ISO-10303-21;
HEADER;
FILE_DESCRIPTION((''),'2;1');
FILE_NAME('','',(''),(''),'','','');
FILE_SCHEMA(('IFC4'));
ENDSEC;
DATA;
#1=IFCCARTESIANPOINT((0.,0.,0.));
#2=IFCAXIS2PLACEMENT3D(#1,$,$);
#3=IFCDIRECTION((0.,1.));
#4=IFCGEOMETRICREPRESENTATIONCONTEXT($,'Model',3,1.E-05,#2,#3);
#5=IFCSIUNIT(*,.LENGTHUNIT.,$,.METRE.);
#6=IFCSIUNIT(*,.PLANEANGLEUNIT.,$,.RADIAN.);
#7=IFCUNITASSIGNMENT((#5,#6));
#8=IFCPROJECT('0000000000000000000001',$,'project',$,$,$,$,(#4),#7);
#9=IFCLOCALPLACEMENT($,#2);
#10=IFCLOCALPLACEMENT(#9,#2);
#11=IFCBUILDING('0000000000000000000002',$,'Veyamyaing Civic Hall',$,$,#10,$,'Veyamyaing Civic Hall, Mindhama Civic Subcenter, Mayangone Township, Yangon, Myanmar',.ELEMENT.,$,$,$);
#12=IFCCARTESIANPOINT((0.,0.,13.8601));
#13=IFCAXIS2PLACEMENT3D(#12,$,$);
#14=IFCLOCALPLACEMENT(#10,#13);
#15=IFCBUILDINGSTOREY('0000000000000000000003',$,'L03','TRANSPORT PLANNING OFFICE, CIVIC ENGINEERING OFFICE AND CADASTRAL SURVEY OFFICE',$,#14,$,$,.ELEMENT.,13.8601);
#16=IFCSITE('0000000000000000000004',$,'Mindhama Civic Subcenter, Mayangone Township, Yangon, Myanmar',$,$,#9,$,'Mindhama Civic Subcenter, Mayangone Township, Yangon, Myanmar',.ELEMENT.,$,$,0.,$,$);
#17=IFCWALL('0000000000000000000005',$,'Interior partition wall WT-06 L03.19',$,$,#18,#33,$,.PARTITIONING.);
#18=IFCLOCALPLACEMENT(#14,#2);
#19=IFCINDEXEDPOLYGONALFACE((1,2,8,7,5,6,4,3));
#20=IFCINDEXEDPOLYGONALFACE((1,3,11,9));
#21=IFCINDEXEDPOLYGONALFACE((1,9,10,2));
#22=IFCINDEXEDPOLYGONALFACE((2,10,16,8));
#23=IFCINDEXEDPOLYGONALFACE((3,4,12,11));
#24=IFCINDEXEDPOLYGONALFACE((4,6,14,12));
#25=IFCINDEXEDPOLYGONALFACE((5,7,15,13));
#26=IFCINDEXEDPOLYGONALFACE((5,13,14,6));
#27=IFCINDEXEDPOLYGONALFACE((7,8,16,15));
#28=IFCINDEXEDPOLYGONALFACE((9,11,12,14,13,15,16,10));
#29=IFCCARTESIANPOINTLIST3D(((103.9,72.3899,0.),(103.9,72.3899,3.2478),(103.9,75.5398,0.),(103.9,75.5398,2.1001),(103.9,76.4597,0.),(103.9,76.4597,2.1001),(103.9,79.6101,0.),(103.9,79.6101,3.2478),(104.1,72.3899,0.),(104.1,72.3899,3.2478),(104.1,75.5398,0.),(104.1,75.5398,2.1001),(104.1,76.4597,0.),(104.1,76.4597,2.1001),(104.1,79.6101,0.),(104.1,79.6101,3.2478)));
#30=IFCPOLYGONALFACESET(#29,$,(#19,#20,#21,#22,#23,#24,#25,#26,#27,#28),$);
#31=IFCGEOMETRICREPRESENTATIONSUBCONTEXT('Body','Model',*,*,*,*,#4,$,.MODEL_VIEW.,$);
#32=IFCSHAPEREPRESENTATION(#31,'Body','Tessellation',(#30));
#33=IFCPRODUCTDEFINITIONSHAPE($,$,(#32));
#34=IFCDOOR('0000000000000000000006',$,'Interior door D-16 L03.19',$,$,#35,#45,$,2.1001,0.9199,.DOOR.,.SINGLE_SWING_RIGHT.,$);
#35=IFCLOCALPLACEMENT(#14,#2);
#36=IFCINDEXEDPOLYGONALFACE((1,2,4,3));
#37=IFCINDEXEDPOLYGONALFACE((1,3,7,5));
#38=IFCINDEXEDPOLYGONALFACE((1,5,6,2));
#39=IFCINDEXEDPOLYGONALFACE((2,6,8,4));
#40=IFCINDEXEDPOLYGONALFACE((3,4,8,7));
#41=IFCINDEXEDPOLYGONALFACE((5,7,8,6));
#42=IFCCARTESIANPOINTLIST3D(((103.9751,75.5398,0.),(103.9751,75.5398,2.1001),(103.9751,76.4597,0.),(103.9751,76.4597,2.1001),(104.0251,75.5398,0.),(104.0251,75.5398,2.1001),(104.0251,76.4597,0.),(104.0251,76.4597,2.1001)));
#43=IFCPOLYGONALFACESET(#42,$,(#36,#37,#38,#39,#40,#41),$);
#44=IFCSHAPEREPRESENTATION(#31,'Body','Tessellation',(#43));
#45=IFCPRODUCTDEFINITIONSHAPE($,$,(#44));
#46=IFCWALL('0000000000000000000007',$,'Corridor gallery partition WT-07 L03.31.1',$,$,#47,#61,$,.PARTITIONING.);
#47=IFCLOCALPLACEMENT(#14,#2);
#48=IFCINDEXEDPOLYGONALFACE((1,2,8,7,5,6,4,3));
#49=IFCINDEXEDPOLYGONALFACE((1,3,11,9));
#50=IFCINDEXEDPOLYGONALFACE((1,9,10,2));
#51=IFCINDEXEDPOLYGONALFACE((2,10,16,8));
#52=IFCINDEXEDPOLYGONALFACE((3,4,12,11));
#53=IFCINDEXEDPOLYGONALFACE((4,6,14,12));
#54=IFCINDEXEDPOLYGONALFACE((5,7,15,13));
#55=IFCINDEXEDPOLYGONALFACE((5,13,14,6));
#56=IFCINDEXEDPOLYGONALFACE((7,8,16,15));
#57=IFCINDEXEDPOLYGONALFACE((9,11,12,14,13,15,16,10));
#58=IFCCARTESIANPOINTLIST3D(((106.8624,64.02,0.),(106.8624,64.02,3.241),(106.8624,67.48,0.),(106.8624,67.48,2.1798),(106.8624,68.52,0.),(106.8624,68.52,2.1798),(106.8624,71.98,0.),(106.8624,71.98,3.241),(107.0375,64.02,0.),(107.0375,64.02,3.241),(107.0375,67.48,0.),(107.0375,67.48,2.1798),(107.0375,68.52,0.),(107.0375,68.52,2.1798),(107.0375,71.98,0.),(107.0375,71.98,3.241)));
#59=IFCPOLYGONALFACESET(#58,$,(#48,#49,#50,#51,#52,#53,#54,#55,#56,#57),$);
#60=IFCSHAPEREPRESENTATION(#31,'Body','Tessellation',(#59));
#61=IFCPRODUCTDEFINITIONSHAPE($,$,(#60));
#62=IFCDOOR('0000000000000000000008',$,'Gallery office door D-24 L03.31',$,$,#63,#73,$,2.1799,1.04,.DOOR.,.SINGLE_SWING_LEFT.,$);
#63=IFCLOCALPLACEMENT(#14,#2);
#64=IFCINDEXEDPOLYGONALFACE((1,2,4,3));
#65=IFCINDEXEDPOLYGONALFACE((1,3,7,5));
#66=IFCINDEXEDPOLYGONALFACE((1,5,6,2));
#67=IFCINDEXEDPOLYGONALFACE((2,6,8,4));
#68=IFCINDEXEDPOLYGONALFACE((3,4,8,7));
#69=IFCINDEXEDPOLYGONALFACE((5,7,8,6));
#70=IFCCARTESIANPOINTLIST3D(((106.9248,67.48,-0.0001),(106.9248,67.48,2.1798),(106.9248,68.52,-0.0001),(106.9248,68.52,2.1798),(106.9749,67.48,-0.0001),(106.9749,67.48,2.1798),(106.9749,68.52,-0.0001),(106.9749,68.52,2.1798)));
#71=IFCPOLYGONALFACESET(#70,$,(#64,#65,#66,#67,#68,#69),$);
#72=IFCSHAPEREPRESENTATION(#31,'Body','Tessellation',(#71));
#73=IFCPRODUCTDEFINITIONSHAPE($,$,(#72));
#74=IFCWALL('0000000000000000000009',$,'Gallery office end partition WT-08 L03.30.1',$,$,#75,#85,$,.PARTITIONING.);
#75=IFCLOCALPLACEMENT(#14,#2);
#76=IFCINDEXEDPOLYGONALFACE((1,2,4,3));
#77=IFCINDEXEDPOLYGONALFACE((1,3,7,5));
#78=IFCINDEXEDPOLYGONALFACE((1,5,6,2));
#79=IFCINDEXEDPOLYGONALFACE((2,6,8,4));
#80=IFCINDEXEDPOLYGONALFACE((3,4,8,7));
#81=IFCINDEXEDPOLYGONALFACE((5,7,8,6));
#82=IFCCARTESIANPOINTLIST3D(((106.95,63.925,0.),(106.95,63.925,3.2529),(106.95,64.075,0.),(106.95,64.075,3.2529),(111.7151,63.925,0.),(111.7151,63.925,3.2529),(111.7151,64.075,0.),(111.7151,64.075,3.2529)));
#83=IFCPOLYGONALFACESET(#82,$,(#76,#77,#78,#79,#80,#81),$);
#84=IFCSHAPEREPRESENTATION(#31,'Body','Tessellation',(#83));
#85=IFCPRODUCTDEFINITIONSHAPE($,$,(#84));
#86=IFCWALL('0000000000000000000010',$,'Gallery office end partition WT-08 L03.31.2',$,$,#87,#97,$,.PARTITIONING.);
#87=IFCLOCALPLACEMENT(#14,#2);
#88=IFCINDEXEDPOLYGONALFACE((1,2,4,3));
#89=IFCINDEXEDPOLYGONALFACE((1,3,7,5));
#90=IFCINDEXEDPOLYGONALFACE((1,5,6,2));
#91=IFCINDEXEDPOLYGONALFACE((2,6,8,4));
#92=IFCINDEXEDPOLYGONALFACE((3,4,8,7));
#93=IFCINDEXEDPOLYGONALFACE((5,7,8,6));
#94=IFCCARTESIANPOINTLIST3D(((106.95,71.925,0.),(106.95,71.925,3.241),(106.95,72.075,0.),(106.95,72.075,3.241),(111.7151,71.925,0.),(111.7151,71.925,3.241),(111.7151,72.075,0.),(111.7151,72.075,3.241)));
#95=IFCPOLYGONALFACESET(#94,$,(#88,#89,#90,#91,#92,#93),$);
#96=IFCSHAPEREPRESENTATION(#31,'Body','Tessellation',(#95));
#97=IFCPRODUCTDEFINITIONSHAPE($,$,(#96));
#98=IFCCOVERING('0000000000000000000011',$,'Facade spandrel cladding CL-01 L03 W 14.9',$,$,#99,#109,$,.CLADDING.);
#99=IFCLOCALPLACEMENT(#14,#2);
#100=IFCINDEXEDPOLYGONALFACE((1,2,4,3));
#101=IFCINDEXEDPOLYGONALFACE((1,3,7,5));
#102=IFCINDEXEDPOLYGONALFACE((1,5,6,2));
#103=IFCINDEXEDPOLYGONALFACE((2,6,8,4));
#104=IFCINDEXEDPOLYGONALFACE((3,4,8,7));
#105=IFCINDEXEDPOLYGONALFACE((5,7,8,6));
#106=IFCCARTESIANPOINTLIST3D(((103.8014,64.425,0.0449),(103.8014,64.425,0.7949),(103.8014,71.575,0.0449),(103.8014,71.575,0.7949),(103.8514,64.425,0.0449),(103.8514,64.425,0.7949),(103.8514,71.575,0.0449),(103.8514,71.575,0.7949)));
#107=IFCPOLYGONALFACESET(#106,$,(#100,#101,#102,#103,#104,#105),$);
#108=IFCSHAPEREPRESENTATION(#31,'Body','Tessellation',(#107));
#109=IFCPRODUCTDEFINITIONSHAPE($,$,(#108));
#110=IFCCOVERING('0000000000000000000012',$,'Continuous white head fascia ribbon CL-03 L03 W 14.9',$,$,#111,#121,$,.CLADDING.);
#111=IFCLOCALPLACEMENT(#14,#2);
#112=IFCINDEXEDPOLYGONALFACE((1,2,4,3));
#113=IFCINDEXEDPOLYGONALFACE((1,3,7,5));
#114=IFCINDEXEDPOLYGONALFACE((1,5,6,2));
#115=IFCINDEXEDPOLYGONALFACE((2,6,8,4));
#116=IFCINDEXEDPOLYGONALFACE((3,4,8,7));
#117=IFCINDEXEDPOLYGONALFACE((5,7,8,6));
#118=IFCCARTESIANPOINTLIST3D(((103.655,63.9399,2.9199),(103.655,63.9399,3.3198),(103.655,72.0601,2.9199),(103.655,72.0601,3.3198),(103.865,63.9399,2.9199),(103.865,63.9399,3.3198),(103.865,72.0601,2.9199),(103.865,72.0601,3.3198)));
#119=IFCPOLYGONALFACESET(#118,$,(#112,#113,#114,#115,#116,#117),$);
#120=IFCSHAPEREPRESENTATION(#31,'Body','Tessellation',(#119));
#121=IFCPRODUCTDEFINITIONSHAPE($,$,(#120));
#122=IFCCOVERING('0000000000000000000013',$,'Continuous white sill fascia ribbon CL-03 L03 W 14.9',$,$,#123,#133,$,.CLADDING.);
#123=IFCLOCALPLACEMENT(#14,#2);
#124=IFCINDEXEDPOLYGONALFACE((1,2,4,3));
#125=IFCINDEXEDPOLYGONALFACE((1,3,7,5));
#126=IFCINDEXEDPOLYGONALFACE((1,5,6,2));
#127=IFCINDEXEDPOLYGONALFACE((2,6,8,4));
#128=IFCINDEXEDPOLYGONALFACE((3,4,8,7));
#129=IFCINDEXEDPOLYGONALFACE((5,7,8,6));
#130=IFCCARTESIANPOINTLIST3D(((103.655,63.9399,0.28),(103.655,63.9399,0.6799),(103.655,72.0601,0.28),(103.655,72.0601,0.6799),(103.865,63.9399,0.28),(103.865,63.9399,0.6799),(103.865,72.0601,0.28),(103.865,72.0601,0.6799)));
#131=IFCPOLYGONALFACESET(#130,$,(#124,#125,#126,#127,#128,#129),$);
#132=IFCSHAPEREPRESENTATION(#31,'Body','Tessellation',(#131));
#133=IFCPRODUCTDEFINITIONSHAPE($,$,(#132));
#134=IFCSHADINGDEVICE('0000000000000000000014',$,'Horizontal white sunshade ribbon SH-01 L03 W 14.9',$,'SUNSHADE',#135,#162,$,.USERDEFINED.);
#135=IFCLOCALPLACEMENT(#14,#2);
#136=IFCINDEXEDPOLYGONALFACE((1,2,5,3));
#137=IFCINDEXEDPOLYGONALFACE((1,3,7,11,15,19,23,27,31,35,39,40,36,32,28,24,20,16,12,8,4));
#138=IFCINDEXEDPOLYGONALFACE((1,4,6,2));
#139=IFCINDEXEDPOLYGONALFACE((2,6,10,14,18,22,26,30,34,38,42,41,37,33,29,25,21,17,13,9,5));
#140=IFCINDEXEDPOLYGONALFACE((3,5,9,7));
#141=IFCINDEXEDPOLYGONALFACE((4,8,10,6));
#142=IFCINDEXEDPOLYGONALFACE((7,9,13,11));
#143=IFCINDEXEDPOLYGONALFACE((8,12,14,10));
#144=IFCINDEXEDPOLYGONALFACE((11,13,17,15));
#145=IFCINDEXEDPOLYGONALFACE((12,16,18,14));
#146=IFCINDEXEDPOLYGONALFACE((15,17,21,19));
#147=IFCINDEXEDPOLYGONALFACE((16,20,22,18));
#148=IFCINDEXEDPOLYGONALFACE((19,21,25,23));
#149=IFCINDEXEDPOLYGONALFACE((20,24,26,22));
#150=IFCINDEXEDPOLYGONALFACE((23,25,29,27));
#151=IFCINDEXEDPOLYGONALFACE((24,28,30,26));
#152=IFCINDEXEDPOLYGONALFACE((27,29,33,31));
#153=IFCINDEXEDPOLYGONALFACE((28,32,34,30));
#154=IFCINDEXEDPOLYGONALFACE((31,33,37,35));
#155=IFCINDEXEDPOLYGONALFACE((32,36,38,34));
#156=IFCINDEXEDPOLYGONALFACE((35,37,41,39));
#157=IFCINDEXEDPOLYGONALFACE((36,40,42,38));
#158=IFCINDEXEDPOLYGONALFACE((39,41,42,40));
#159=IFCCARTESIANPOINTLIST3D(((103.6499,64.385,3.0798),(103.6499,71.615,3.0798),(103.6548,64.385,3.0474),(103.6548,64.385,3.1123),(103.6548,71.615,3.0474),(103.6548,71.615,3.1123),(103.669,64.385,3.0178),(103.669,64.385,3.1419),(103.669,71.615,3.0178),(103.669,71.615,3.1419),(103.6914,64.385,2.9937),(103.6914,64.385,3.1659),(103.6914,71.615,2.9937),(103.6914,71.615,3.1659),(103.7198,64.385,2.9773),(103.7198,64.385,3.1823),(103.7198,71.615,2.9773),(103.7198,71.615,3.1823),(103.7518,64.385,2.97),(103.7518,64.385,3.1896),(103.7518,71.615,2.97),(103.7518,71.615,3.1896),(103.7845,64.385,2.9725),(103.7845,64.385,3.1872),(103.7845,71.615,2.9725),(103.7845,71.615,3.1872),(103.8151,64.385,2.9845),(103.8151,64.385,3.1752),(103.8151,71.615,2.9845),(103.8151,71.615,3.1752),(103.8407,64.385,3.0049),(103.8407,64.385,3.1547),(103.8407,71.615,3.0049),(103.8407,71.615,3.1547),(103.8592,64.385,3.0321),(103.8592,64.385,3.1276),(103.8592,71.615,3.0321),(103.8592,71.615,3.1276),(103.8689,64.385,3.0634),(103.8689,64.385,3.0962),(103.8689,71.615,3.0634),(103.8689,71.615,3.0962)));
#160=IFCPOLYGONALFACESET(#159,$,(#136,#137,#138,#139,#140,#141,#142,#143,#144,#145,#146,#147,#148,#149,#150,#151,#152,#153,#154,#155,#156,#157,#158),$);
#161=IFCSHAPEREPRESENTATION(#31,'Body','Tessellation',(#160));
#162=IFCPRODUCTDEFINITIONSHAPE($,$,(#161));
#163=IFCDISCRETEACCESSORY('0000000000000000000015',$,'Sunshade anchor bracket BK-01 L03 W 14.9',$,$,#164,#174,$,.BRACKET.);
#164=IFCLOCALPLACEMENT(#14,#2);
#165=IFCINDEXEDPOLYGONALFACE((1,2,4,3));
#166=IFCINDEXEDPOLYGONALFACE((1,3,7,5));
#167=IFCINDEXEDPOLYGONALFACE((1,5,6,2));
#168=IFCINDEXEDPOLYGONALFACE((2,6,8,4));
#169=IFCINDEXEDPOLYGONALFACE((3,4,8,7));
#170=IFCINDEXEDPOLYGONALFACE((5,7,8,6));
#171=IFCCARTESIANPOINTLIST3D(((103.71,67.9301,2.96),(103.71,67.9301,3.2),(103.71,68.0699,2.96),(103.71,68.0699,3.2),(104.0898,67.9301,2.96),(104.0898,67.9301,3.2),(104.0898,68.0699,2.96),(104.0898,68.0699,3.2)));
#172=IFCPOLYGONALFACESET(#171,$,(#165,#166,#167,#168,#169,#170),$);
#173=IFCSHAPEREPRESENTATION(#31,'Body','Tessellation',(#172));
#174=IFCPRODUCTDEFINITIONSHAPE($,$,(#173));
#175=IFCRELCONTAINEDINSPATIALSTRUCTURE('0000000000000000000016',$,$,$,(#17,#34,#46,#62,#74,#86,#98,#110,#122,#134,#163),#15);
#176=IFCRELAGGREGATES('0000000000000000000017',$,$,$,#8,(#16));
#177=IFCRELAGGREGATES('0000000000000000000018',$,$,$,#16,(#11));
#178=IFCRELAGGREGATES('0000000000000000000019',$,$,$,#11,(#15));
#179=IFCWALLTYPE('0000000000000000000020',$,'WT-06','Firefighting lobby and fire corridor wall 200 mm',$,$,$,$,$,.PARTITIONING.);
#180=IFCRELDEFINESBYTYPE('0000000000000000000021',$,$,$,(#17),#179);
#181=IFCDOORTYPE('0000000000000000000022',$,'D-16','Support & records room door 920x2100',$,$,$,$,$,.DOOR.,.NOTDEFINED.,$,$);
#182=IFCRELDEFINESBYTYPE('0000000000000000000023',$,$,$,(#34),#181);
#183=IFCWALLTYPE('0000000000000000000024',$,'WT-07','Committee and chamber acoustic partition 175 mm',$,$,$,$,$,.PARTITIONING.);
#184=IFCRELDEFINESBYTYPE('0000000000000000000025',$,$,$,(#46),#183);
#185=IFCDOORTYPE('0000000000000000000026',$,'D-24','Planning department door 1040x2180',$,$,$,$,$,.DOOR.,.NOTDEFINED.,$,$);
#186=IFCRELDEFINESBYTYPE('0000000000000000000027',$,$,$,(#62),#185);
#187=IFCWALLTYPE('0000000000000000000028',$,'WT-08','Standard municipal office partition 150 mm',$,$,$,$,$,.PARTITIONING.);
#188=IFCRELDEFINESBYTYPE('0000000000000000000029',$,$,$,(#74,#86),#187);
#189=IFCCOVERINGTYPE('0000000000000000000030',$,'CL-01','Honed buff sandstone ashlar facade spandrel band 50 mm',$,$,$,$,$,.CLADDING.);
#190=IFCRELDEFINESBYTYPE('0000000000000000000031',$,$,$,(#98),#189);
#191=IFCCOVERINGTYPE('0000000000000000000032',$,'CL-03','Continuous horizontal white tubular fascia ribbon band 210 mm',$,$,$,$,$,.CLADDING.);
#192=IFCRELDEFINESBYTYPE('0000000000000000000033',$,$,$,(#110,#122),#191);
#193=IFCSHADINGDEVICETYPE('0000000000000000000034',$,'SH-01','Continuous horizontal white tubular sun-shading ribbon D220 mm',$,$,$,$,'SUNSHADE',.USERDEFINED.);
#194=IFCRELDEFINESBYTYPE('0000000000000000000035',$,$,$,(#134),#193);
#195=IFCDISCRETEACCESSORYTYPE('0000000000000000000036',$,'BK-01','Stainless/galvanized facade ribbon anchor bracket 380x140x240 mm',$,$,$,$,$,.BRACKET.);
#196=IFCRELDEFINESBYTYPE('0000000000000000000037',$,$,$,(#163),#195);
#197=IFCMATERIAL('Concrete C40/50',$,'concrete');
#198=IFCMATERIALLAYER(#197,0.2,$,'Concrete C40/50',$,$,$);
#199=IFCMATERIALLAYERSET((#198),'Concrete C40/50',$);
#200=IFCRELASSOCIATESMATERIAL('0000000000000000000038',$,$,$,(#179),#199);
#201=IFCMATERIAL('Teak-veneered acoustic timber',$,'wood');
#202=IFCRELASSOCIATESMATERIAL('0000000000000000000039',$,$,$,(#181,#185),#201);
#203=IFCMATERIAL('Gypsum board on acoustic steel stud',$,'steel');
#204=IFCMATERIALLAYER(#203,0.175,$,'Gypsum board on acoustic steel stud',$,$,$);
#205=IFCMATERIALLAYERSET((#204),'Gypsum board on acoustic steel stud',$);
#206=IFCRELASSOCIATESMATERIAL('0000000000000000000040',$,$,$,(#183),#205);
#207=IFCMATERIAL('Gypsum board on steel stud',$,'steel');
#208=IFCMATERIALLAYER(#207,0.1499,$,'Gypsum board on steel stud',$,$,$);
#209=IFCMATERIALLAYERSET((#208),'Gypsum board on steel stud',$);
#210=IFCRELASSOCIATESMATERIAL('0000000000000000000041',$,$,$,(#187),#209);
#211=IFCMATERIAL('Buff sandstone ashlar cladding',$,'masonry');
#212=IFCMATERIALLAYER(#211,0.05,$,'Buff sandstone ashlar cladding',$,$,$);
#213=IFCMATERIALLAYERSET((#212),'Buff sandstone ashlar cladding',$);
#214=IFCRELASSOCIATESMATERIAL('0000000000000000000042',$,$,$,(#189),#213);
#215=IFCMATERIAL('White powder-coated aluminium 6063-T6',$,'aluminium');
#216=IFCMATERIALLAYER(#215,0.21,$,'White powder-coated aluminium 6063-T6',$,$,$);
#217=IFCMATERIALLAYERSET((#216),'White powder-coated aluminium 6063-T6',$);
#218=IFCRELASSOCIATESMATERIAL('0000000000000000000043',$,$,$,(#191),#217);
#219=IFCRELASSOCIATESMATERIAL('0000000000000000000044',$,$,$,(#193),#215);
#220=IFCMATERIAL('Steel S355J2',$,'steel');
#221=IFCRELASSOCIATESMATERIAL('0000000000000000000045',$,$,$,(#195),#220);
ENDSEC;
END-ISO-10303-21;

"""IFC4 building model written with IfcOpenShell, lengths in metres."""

from ifc_helpers import new_model, si_unit, direction, frame, frame_2d, origin, origin_2d, place, context, subcontext, project, spatial, rectangle, circle, extrude, material, layer, layer_set, material_profile, profile_set, type_object, element, fill, save


model = new_model("IFC4")

# Units and contexts
model_context = context("Model", 3, precision=1e-05, world=origin(), true_north=direction((0.0, 1.0)))
body_context = subcontext(model_context, "Body", "Model", "MODEL_VIEW")
ifc_project = project(units=[si_unit("LENGTHUNIT", "METRE"), si_unit("PLANEANGLEUNIT", "RADIAN")], contexts=[model_context])

# Site, building, storey
site_placement = place(None, origin())
site = spatial("IfcSite", under=ifc_project, at=site_placement, Name="Mindhama Civic Subcenter, Mayangone Township, Yangon, Myanmar", LongName="Mindhama Civic Subcenter, Mayangone Township, Yangon, Myanmar", CompositionType="ELEMENT", RefElevation=0.0)
building_placement = place(site_placement, origin())
building = spatial("IfcBuilding", under=site, at=building_placement, Name="Veyamyaing Civic Hall", LongName="Veyamyaing Civic Hall, Mindhama Civic Subcenter, Mayangone Township, Yangon, Myanmar", CompositionType="ELEMENT")
storey_placement = place(building_placement, frame((0.0, 0.0, 13.8601)))
storey = spatial("IfcBuildingStorey", under=building, at=storey_placement, Name="L03", Description="TRANSPORT PLANNING OFFICE, CIVIC ENGINEERING OFFICE AND CADASTRAL SURVEY OFFICE", CompositionType="ELEMENT", Elevation=13.8601)

# Walls, openings, doors
ifc_material_1 = material(Name="Concrete C40/50", Category="concrete")
ifc_layer_1 = layer(ifc_material_1, 0.2, Name="Concrete C40/50")
ifc_layer_set_1 = layer_set([ifc_layer_1], Name="Concrete C40/50")
wall_type_1 = type_object("IfcWallType", Name="WT-06", Description="Firefighting lobby and fire corridor wall 200 mm", PredefinedType="PARTITIONING", material=ifc_layer_set_1)
wall_1_placement = place(storey_placement, frame((104.0, 72.3899, 0.0), z_axis=(0.0, 0.0, 1.0), x_axis=(0.0, 1.0, 0.0)))
wall_1 = element("IfcWall", 1, at=wall_1_placement, inside=storey, type_object=wall_type_1, Name="Interior partition wall WT-06 L03.19", PredefinedType="PARTITIONING", context=body_context, shape_type="SweptSolid", body=[
    extrude(rectangle(XDim=7.2202, YDim=0.2, at=frame_2d((3.6101, 0.0))), origin(), (0.0, 0.0, 1.0), 3.2478),
])
opening_1_placement = place(wall_1_placement, frame((3.1499, 0.0, 0.0)))
opening_1 = element("IfcOpeningElement", 2, at=opening_1_placement, cuts=wall_1, PredefinedType="OPENING", context=body_context, shape_type="SweptSolid", body=[
    extrude(rectangle(XDim=0.9199, YDim=2.1001, at=frame_2d((0.46, 1.05))), frame((0.0, 0.1099, 0.0), z_axis=(0.0, -1.0, 0.0), x_axis=(1.0, 0.0, 0.0)), (0.0, 0.0, 1.0), 0.22),
])
ifc_material_2 = material(Name="Teak-veneered acoustic timber", Category="wood")
door_type_1 = type_object("IfcDoorType", Name="D-16", Description="Support & records room door 920x2100", OperationType="NOTDEFINED", PredefinedType="DOOR", material=ifc_material_2)
door_1_placement = place(opening_1_placement, origin())
door_1 = element("IfcDoor", 3, at=door_1_placement, inside=storey, type_object=door_type_1, Name="Interior door D-16 L03.19", OperationType="SINGLE_SWING_RIGHT", OverallHeight=2.1001, OverallWidth=0.9199, PredefinedType="DOOR", context=body_context, shape_type="SweptSolid", body=[
    extrude(rectangle(XDim=0.9199, YDim=2.1001, at=frame_2d((0.46, 1.05))), frame((0.0, 0.0249, 0.0), z_axis=(0.0, -1.0, 0.0), x_axis=(1.0, 0.0, 0.0)), (0.0, 0.0, 1.0), 0.05),
])
fill(opening_1, door_1)
ifc_material_3 = material(Name="Gypsum board on acoustic steel stud", Category="steel")
ifc_layer_2 = layer(ifc_material_3, 0.175, Name="Gypsum board on acoustic steel stud")
ifc_layer_set_2 = layer_set([ifc_layer_2], Name="Gypsum board on acoustic steel stud")
wall_type_2 = type_object("IfcWallType", Name="WT-07", Description="Committee and chamber acoustic partition 175 mm", PredefinedType="PARTITIONING", material=ifc_layer_set_2)
wall_2_placement = place(storey_placement, frame((106.95, 64.02, 0.0), z_axis=(0.0, 0.0, 1.0), x_axis=(0.0, 1.0, 0.0)))
wall_2 = element("IfcWall", 4, at=wall_2_placement, inside=storey, type_object=wall_type_2, Name="Corridor gallery partition WT-07 L03.31.1", PredefinedType="PARTITIONING", context=body_context, shape_type="SweptSolid", body=[
    extrude(rectangle(XDim=7.96, YDim=0.175, at=frame_2d((3.98, 0.0))), origin(), (0.0, 0.0, 1.0), 3.241),
])
opening_2_placement = place(wall_2_placement, frame((3.46, 0.0, 0.0)))
opening_2 = element("IfcOpeningElement", 5, at=opening_2_placement, cuts=wall_2, PredefinedType="OPENING", context=body_context, shape_type="SweptSolid", body=[
    extrude(rectangle(XDim=1.04, YDim=2.1799, at=frame_2d((0.52, 1.0898))), frame((0.0, 0.0974, 0.0), z_axis=(0.0, -1.0, 0.0), x_axis=(1.0, 0.0, 0.0)), (0.0, 0.0, 1.0), 0.1951),
])
door_type_2 = type_object("IfcDoorType", Name="D-24", Description="Planning department door 1040x2180", OperationType="NOTDEFINED", PredefinedType="DOOR", material=ifc_material_2)
door_2_placement = place(opening_2_placement, frame((1.04, 0.0, 0.0), z_axis=(0.0, 0.0, 1.0), x_axis=(-1.0, 0.0, 0.0)))
door_2 = element("IfcDoor", 6, at=door_2_placement, inside=storey, type_object=door_type_2, Name="Gallery office door D-24 L03.31", OperationType="SINGLE_SWING_LEFT", OverallHeight=2.1799, OverallWidth=1.04, PredefinedType="DOOR", context=body_context, shape_type="SweptSolid", body=[
    extrude(rectangle(XDim=1.04, YDim=2.1799, at=frame_2d((0.52, 1.0898))), frame((0.0, 0.0249, 0.0), z_axis=(0.0, -1.0, 0.0), x_axis=(1.0, 0.0, 0.0)), (0.0, 0.0, 1.0), 0.05),
])
fill(opening_2, door_2)

# Walls
ifc_material_4 = material(Name="Gypsum board on steel stud", Category="steel")
ifc_layer_3 = layer(ifc_material_4, 0.1499, Name="Gypsum board on steel stud")
ifc_layer_set_3 = layer_set([ifc_layer_3], Name="Gypsum board on steel stud")
wall_type_3 = type_object("IfcWallType", Name="WT-08", Description="Standard municipal office partition 150 mm", PredefinedType="PARTITIONING", material=ifc_layer_set_3)
wall_3_placement = place(storey_placement, frame((106.95, 64.0, 0.0), z_axis=(0.0, 0.0, 1.0), x_axis=(1.0, 0.0, 0.0)))
element("IfcWall", 7, at=wall_3_placement, inside=storey, type_object=wall_type_3, Name="Gallery office end partition WT-08 L03.30.1", PredefinedType="PARTITIONING", context=body_context, shape_type="SweptSolid", body=[
    extrude(rectangle(XDim=4.7651, YDim=0.1499, at=frame_2d((2.3826, 0.0))), origin(), (0.0, 0.0, 1.0), 3.2529),
])
wall_4_placement = place(storey_placement, frame((106.95, 72.0, 0.0), z_axis=(0.0, 0.0, 1.0), x_axis=(1.0, 0.0, 0.0)))
element("IfcWall", 8, at=wall_4_placement, inside=storey, type_object=wall_type_3, Name="Gallery office end partition WT-08 L03.31.2", PredefinedType="PARTITIONING", context=body_context, shape_type="SweptSolid", body=[
    extrude(rectangle(XDim=4.7651, YDim=0.1499, at=frame_2d((2.3826, 0.0))), origin(), (0.0, 0.0, 1.0), 3.241),
])

# Coverings
ifc_material_5 = material(Name="Buff sandstone ashlar cladding", Category="masonry")
ifc_layer_4 = layer(ifc_material_5, 0.05, Name="Buff sandstone ashlar cladding")
ifc_layer_set_4 = layer_set([ifc_layer_4], Name="Buff sandstone ashlar cladding")
covering_type_1 = type_object("IfcCoveringType", Name="CL-01", Description="Honed buff sandstone ashlar facade spandrel band 50 mm", PredefinedType="CLADDING", material=ifc_layer_set_4)
covering_placement = place(storey_placement, frame((103.8264, 68.0, 0.0449), z_axis=(0.0, 0.0, 1.0), x_axis=(0.0, 1.0, 0.0)))
element("IfcCovering", 9, at=covering_placement, inside=storey, type_object=covering_type_1, Name="Facade spandrel cladding CL-01 L03 W 14.9", PredefinedType="CLADDING", context=body_context, shape_type="SweptSolid", body=[
    extrude(rectangle(XDim=7.1499, YDim=0.05, at=origin_2d()), origin(), (0.0, 0.0, 1.0), 0.75),
])
ifc_material_6 = material(Name="White powder-coated aluminium 6063-T6", Category="aluminium")
ifc_layer_5 = layer(ifc_material_6, 0.21, Name="White powder-coated aluminium 6063-T6")
ifc_layer_set_5 = layer_set([ifc_layer_5], Name="White powder-coated aluminium 6063-T6")
covering_type_2 = type_object("IfcCoveringType", Name="CL-03", Description="Continuous horizontal white tubular fascia ribbon band 210 mm", PredefinedType="CLADDING", material=ifc_layer_set_5)
for number, where, z_axis, x_axis, name in (
    (10, (103.76, 68.0, 2.9199), (0.0, 0.0, 1.0), (0.0, 1.0, 0.0), "Continuous white head fascia ribbon CL-03 L03 W 14.9"),
    (11, (103.76, 68.0, 0.28), (0.0, 0.0, 1.0), (0.0, 1.0, 0.0), "Continuous white sill fascia ribbon CL-03 L03 W 14.9"),
):
    element("IfcCovering", number, at=place(storey_placement, frame(where, z_axis=z_axis, x_axis=x_axis)), inside=storey, type_object=covering_type_2, Name=name, PredefinedType="CLADDING", context=body_context, shape_type="SweptSolid", body=[
        extrude(rectangle(XDim=8.1201, YDim=0.21, at=origin_2d()), origin(), (0.0, 0.0, 1.0), 0.3999),
    ])

# Shading device
ifc_material_profile_1 = material_profile(ifc_material_6, circle(Radius=0.1101, at=origin_2d()), Name="SHADE-TUBE-220")
ifc_profile_set_1 = profile_set([ifc_material_profile_1], Name="White powder-coated aluminium 6063-T6")
shading_device_type = type_object("IfcShadingDeviceType", Name="SH-01", Description="Continuous horizontal white tubular sun-shading ribbon D220 mm", ElementType="SUNSHADE", PredefinedType="USERDEFINED", material=ifc_profile_set_1)
shading_device_placement = place(storey_placement, frame((103.76, 64.385, 3.0798), z_axis=(0.0, 1.0, 0.0), x_axis=(-1.0, 0.0, 0.0)))
element("IfcShadingDevice", 12, at=shading_device_placement, inside=storey, type_object=shading_device_type, Name="Horizontal white sunshade ribbon SH-01 L03 W 14.9", ObjectType="SUNSHADE", PredefinedType="USERDEFINED", context=body_context, shape_type="SweptSolid", body=[
    extrude(circle(Radius=0.1101, at=origin_2d()), origin(), (0.0, 0.0, 1.0), 7.23),
])

# Discrete accessory
ifc_material_7 = material(Name="Steel S355J2", Category="steel")
discrete_accessory_type = type_object("IfcDiscreteAccessoryType", Name="BK-01", Description="Stainless/galvanized facade ribbon anchor bracket 380x140x240 mm", PredefinedType="BRACKET", material=ifc_material_7)
for number, where, z_axis, x_axis, name in (
    (13, (103.8999, 68.0, 2.96), (0.0, 0.0, 1.0), (-1.0, 0.0, 0.0), "Sunshade anchor bracket BK-01 L03 W 14.9"),
):
    element("IfcDiscreteAccessory", number, at=place(storey_placement, frame(where, z_axis=z_axis, x_axis=x_axis)), inside=storey, type_object=discrete_accessory_type, Name=name, PredefinedType="BRACKET", context=body_context, shape_type="SweptSolid", body=[
        extrude(rectangle(XDim=0.3799, YDim=0.1399, at=origin_2d()), origin(), (0.0, 0.0, 1.0), 0.24),
    ])

save(model, "model.ifc")
